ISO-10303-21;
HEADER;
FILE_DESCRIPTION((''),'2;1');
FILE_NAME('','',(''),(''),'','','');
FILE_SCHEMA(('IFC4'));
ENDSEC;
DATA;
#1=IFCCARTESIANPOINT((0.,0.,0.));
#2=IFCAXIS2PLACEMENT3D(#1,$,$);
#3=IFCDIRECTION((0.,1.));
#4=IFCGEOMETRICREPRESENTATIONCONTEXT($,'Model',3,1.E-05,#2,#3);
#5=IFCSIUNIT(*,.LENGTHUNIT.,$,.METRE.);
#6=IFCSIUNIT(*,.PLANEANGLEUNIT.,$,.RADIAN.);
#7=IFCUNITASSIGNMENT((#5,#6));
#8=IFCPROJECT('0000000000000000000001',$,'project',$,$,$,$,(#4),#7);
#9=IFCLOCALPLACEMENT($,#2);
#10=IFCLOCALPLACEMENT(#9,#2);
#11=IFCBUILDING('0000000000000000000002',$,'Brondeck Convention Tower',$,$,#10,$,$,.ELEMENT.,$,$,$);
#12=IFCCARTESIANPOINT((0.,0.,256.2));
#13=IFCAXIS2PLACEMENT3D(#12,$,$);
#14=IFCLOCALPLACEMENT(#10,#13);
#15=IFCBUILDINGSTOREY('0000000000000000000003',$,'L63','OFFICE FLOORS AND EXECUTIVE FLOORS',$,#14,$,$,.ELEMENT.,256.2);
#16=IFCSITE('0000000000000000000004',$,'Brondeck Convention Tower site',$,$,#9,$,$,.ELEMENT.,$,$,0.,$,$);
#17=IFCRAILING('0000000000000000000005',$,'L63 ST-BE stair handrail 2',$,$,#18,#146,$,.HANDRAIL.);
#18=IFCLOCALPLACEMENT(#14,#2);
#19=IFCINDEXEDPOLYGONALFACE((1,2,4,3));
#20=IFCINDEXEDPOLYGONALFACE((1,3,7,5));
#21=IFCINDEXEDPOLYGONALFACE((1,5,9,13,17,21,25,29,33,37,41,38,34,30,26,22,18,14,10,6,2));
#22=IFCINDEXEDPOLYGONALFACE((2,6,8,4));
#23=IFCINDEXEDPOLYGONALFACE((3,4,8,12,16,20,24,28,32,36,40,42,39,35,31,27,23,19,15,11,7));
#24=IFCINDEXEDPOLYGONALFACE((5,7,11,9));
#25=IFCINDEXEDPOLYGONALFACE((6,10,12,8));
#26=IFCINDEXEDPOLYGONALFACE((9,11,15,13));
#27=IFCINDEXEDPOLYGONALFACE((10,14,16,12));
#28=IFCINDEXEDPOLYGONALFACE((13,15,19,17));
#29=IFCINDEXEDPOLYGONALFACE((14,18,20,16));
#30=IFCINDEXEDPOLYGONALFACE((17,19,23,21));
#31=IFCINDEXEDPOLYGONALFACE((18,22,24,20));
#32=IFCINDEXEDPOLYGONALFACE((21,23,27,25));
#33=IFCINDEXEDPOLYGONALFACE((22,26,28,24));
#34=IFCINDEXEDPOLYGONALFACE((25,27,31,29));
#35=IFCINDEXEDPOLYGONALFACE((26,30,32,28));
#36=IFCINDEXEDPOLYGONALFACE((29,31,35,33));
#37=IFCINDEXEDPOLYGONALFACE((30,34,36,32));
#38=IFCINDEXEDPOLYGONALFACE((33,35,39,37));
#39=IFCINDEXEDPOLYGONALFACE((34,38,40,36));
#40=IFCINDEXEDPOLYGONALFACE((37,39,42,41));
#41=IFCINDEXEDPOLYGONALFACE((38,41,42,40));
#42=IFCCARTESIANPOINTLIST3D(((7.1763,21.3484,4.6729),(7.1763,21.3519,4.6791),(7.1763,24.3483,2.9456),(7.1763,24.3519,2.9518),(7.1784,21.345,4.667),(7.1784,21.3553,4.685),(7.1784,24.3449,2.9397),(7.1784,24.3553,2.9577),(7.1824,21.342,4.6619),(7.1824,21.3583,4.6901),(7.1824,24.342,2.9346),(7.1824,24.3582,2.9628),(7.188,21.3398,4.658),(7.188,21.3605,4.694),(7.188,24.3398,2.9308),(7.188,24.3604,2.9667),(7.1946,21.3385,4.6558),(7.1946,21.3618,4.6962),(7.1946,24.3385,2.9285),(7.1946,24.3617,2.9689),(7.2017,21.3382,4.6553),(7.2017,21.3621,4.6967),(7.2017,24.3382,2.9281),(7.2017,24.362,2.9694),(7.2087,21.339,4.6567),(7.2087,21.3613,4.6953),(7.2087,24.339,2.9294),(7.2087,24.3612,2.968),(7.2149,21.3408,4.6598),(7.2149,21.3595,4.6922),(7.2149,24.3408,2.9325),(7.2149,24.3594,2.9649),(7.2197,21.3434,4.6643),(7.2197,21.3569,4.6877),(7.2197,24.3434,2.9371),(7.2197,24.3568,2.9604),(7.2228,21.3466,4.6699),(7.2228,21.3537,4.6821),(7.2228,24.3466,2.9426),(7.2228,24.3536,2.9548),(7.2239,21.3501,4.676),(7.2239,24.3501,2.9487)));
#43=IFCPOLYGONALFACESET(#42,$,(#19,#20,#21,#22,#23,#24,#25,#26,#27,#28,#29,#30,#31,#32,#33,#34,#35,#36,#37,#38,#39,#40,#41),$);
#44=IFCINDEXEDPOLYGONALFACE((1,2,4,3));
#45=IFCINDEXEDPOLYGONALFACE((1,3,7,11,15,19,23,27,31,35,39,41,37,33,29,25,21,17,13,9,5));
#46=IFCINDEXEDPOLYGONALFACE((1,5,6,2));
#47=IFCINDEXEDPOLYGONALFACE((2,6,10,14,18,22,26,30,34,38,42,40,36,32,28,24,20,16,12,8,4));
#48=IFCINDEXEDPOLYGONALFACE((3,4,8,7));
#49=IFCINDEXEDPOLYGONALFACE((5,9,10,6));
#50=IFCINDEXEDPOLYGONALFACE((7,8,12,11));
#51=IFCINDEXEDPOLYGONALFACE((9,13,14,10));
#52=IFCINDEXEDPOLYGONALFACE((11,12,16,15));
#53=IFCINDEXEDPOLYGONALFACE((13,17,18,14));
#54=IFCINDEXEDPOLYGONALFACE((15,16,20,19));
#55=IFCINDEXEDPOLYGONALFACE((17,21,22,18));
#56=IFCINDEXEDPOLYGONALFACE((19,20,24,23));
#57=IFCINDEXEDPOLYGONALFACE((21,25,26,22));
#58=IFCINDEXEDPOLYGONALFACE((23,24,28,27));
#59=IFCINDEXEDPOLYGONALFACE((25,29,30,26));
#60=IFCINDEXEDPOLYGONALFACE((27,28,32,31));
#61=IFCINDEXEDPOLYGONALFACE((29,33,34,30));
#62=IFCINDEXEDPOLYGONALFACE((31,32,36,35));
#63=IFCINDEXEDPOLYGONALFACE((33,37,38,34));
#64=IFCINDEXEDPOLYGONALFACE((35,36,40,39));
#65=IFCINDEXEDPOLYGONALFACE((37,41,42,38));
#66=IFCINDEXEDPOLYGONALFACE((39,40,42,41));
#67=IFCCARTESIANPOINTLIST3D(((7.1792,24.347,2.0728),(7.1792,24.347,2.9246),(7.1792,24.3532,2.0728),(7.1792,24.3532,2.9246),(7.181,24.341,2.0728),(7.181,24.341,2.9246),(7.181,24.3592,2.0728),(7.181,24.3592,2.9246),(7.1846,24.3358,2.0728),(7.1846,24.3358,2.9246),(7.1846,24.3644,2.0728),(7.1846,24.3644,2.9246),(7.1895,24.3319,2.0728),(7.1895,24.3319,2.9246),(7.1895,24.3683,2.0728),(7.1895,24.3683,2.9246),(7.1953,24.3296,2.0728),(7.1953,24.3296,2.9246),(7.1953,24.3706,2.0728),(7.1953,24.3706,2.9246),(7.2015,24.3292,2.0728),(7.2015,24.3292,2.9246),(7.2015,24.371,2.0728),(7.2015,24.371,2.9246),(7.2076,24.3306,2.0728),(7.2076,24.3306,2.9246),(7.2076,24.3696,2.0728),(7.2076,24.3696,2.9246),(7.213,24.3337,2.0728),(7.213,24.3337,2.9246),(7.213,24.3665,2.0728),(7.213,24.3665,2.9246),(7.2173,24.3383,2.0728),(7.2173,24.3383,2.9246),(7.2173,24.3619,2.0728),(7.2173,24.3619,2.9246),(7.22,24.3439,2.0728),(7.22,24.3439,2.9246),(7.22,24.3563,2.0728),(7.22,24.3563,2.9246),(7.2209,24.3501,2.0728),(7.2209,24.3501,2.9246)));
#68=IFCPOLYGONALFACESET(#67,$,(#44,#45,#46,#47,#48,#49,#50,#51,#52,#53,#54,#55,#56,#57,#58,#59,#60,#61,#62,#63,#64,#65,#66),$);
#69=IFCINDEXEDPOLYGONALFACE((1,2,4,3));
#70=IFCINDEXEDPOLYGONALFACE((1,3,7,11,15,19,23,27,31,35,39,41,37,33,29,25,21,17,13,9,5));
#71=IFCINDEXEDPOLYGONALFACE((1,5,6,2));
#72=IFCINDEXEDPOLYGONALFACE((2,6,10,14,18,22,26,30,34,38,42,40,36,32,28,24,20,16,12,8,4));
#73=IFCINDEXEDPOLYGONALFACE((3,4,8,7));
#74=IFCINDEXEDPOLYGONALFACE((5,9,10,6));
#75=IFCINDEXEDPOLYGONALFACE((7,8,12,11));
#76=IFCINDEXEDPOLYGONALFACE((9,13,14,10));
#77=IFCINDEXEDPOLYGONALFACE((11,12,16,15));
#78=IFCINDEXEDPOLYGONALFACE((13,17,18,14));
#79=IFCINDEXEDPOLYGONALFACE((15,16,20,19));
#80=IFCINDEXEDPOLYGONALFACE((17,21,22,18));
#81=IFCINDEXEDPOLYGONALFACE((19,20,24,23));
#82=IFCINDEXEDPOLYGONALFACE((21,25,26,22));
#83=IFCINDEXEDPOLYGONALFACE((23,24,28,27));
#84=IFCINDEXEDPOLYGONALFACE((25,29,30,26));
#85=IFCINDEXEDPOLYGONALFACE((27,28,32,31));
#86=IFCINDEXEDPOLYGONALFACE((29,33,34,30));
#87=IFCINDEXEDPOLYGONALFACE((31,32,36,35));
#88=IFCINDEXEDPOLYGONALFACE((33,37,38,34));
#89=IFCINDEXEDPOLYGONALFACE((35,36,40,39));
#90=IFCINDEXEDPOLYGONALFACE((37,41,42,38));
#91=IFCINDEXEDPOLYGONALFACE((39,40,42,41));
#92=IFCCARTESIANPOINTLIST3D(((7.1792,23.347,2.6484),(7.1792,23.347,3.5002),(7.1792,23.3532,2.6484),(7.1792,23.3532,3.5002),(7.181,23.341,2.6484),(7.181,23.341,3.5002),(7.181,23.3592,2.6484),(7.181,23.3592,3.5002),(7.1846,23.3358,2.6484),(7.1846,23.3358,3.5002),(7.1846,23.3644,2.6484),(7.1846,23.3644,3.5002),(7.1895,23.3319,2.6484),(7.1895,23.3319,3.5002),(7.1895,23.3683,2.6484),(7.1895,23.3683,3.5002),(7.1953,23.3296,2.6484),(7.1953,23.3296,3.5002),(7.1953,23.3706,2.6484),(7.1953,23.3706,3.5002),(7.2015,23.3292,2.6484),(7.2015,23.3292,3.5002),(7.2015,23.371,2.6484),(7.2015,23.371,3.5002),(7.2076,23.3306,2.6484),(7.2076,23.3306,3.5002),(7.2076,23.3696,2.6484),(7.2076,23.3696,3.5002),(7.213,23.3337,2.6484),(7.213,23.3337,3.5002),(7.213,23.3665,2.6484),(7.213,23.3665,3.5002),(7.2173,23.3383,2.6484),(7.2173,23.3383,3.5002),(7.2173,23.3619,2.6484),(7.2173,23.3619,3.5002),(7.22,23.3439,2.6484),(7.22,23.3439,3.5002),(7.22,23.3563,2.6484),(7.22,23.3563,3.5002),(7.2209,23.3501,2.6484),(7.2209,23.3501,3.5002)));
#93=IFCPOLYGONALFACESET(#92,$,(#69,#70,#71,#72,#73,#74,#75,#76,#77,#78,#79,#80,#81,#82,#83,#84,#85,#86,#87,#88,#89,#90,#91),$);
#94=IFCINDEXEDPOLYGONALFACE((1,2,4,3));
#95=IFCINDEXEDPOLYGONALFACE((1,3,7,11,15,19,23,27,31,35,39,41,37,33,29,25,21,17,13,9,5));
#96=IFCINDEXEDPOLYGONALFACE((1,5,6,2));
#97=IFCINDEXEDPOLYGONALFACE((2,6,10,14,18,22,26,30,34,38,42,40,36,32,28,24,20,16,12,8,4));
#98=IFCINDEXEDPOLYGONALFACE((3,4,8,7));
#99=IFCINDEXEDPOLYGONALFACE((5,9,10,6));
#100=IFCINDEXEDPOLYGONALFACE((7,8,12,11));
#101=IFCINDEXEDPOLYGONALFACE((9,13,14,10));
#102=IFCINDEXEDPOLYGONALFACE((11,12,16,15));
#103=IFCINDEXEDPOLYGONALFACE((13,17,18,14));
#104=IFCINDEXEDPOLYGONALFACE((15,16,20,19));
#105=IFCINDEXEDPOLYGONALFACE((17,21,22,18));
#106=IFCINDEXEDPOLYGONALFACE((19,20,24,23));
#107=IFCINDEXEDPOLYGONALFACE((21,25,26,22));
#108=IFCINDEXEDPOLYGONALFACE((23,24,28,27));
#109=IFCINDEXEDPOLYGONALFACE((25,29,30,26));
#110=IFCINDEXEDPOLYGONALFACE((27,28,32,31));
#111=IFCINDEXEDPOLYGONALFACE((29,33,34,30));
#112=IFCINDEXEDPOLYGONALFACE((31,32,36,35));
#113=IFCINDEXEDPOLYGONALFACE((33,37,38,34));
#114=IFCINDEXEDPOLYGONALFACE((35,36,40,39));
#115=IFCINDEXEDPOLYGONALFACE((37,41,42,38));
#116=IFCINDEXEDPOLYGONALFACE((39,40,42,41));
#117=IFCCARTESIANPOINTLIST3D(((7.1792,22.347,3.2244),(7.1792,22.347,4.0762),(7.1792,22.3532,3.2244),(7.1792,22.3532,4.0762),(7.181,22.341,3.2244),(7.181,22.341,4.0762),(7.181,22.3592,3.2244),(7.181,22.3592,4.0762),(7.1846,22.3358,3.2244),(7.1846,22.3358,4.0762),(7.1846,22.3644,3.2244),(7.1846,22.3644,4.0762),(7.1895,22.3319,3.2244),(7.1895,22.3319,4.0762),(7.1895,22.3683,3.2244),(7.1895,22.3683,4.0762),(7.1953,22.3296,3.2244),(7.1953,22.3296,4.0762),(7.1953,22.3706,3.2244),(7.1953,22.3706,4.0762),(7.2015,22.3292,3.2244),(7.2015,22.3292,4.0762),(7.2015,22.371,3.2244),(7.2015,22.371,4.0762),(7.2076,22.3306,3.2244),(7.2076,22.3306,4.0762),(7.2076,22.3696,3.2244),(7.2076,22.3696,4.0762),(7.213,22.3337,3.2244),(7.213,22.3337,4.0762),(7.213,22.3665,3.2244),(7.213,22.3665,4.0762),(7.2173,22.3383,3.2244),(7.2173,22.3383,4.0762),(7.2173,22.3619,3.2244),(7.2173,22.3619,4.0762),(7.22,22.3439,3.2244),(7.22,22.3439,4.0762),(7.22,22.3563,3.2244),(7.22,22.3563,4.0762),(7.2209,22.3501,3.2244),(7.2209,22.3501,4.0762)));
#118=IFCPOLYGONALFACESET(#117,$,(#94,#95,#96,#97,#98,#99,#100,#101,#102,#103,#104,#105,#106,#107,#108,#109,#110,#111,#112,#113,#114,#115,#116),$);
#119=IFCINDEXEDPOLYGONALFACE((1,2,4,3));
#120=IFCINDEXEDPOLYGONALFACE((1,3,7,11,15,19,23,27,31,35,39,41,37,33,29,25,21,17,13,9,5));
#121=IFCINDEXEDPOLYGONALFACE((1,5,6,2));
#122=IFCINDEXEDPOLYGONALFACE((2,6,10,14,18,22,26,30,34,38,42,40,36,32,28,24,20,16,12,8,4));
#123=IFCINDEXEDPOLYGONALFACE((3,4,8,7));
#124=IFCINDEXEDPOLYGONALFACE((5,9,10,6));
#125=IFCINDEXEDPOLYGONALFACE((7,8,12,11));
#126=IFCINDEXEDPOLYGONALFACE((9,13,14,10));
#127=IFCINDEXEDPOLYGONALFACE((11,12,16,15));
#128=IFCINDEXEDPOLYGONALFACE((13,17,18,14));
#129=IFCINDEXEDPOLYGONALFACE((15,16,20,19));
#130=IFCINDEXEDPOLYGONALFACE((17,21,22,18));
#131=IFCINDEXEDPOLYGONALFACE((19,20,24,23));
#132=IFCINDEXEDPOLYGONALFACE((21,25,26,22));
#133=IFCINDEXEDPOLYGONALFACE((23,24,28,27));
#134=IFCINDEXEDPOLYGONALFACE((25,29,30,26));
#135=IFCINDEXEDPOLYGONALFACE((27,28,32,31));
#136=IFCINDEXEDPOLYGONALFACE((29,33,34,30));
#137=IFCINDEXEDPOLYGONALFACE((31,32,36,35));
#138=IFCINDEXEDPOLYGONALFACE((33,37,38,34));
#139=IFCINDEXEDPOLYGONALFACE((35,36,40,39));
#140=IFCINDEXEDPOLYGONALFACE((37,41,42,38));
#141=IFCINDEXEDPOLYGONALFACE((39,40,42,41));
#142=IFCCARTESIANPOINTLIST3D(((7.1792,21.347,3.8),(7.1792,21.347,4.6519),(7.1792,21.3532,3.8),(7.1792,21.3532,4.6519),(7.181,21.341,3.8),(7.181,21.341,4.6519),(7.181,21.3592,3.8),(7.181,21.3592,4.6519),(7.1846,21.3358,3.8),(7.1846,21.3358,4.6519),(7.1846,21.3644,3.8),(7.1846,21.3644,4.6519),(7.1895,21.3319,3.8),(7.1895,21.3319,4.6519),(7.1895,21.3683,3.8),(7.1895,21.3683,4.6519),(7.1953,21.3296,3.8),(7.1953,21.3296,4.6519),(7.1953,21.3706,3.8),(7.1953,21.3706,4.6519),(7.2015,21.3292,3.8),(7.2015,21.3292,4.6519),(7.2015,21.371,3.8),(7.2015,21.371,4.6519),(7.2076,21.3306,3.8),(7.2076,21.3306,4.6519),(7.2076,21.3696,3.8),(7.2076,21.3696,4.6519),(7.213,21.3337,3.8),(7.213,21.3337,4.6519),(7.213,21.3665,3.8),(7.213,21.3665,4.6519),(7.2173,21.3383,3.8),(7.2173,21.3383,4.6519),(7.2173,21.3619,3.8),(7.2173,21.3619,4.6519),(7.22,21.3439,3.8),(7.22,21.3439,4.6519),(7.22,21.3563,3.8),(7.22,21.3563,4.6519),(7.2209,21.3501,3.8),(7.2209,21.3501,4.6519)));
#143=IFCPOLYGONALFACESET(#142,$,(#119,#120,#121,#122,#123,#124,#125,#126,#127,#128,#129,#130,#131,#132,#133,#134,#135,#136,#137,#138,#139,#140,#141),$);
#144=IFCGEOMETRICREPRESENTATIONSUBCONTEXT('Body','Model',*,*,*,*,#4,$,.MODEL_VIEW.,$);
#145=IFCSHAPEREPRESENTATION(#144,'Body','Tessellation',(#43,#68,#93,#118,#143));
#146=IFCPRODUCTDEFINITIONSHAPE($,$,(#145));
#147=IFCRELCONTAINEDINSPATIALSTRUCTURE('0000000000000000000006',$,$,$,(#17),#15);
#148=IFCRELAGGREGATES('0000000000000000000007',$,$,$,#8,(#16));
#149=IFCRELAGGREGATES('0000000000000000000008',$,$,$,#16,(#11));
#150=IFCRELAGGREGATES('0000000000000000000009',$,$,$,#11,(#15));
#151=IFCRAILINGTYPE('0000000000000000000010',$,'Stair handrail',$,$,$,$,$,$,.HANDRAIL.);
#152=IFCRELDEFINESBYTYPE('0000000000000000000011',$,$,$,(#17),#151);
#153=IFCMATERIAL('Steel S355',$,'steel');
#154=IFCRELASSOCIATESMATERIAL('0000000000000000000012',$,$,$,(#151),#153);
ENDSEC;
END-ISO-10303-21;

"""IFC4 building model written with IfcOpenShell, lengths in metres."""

from ifc_helpers import new_model, si_unit, direction, frame, origin, origin_2d, place, context, subcontext, project, spatial, circle, extrude, material, type_object, element, save


model = new_model("IFC4")

# Units and contexts
model_context = context("Model", 3, precision=1e-05, world=origin(), true_north=direction((0.0, 1.0)))
body_context = subcontext(model_context, "Body", "Model", "MODEL_VIEW")
ifc_project = project(units=[si_unit("LENGTHUNIT", "METRE"), si_unit("PLANEANGLEUNIT", "RADIAN")], contexts=[model_context])

# Site, building, storey
site_placement = place(None, origin())
site = spatial("IfcSite", under=ifc_project, at=site_placement, Name="Brondeck Convention Tower site", CompositionType="ELEMENT", RefElevation=0.0)
building_placement = place(site_placement, origin())
building = spatial("IfcBuilding", under=site, at=building_placement, Name="Brondeck Convention Tower", CompositionType="ELEMENT")
storey_placement = place(building_placement, frame((0.0, 0.0, 256.2)))
storey = spatial("IfcBuildingStorey", under=building, at=storey_placement, Name="L63", Description="OFFICE FLOORS AND EXECUTIVE FLOORS", CompositionType="ELEMENT", Elevation=256.2)

# Shared definitions
ifc_material_1 = material(Name="Steel S355", Category="steel")

# Railing
railing_type_1 = type_object("IfcRailingType", Name="Stair handrail", PredefinedType="HANDRAIL", material=ifc_material_1)
railing_1_placement = place(storey_placement, frame((7.2, 24.3501, 2.0728)))
element("IfcRailing", 1, at=railing_1_placement, inside=storey, type_object=railing_type_1, Name="L63 ST-BE stair handrail 2", PredefinedType="HANDRAIL", context=body_context, shape_type="SweptSolid", body=[
    extrude(circle(Radius=0.0239, at=origin_2d()), frame((0.0, 0.0, 0.876), z_axis=(0.0, -0.86662, 0.498969), x_axis=(1.0, 0.0, 0.0)), (0.0, 0.0, 1.0), 3.4617),
    extrude(circle(Radius=0.021, at=origin_2d()), origin(), (0.0, 0.0, 1.0), 0.8518),
    extrude(circle(Radius=0.021, at=origin_2d()), frame((0.0, -1.0, 0.5757)), (0.0, 0.0, 1.0), 0.8518),
    extrude(circle(Radius=0.021, at=origin_2d()), frame((0.0, -2.0, 1.1516)), (0.0, 0.0, 1.0), 0.8518),
    extrude(circle(Radius=0.021, at=origin_2d()), frame((0.0, -3.0, 1.7273)), (0.0, 0.0, 1.0), 0.8518),
])

save(model, "model.ifc")
